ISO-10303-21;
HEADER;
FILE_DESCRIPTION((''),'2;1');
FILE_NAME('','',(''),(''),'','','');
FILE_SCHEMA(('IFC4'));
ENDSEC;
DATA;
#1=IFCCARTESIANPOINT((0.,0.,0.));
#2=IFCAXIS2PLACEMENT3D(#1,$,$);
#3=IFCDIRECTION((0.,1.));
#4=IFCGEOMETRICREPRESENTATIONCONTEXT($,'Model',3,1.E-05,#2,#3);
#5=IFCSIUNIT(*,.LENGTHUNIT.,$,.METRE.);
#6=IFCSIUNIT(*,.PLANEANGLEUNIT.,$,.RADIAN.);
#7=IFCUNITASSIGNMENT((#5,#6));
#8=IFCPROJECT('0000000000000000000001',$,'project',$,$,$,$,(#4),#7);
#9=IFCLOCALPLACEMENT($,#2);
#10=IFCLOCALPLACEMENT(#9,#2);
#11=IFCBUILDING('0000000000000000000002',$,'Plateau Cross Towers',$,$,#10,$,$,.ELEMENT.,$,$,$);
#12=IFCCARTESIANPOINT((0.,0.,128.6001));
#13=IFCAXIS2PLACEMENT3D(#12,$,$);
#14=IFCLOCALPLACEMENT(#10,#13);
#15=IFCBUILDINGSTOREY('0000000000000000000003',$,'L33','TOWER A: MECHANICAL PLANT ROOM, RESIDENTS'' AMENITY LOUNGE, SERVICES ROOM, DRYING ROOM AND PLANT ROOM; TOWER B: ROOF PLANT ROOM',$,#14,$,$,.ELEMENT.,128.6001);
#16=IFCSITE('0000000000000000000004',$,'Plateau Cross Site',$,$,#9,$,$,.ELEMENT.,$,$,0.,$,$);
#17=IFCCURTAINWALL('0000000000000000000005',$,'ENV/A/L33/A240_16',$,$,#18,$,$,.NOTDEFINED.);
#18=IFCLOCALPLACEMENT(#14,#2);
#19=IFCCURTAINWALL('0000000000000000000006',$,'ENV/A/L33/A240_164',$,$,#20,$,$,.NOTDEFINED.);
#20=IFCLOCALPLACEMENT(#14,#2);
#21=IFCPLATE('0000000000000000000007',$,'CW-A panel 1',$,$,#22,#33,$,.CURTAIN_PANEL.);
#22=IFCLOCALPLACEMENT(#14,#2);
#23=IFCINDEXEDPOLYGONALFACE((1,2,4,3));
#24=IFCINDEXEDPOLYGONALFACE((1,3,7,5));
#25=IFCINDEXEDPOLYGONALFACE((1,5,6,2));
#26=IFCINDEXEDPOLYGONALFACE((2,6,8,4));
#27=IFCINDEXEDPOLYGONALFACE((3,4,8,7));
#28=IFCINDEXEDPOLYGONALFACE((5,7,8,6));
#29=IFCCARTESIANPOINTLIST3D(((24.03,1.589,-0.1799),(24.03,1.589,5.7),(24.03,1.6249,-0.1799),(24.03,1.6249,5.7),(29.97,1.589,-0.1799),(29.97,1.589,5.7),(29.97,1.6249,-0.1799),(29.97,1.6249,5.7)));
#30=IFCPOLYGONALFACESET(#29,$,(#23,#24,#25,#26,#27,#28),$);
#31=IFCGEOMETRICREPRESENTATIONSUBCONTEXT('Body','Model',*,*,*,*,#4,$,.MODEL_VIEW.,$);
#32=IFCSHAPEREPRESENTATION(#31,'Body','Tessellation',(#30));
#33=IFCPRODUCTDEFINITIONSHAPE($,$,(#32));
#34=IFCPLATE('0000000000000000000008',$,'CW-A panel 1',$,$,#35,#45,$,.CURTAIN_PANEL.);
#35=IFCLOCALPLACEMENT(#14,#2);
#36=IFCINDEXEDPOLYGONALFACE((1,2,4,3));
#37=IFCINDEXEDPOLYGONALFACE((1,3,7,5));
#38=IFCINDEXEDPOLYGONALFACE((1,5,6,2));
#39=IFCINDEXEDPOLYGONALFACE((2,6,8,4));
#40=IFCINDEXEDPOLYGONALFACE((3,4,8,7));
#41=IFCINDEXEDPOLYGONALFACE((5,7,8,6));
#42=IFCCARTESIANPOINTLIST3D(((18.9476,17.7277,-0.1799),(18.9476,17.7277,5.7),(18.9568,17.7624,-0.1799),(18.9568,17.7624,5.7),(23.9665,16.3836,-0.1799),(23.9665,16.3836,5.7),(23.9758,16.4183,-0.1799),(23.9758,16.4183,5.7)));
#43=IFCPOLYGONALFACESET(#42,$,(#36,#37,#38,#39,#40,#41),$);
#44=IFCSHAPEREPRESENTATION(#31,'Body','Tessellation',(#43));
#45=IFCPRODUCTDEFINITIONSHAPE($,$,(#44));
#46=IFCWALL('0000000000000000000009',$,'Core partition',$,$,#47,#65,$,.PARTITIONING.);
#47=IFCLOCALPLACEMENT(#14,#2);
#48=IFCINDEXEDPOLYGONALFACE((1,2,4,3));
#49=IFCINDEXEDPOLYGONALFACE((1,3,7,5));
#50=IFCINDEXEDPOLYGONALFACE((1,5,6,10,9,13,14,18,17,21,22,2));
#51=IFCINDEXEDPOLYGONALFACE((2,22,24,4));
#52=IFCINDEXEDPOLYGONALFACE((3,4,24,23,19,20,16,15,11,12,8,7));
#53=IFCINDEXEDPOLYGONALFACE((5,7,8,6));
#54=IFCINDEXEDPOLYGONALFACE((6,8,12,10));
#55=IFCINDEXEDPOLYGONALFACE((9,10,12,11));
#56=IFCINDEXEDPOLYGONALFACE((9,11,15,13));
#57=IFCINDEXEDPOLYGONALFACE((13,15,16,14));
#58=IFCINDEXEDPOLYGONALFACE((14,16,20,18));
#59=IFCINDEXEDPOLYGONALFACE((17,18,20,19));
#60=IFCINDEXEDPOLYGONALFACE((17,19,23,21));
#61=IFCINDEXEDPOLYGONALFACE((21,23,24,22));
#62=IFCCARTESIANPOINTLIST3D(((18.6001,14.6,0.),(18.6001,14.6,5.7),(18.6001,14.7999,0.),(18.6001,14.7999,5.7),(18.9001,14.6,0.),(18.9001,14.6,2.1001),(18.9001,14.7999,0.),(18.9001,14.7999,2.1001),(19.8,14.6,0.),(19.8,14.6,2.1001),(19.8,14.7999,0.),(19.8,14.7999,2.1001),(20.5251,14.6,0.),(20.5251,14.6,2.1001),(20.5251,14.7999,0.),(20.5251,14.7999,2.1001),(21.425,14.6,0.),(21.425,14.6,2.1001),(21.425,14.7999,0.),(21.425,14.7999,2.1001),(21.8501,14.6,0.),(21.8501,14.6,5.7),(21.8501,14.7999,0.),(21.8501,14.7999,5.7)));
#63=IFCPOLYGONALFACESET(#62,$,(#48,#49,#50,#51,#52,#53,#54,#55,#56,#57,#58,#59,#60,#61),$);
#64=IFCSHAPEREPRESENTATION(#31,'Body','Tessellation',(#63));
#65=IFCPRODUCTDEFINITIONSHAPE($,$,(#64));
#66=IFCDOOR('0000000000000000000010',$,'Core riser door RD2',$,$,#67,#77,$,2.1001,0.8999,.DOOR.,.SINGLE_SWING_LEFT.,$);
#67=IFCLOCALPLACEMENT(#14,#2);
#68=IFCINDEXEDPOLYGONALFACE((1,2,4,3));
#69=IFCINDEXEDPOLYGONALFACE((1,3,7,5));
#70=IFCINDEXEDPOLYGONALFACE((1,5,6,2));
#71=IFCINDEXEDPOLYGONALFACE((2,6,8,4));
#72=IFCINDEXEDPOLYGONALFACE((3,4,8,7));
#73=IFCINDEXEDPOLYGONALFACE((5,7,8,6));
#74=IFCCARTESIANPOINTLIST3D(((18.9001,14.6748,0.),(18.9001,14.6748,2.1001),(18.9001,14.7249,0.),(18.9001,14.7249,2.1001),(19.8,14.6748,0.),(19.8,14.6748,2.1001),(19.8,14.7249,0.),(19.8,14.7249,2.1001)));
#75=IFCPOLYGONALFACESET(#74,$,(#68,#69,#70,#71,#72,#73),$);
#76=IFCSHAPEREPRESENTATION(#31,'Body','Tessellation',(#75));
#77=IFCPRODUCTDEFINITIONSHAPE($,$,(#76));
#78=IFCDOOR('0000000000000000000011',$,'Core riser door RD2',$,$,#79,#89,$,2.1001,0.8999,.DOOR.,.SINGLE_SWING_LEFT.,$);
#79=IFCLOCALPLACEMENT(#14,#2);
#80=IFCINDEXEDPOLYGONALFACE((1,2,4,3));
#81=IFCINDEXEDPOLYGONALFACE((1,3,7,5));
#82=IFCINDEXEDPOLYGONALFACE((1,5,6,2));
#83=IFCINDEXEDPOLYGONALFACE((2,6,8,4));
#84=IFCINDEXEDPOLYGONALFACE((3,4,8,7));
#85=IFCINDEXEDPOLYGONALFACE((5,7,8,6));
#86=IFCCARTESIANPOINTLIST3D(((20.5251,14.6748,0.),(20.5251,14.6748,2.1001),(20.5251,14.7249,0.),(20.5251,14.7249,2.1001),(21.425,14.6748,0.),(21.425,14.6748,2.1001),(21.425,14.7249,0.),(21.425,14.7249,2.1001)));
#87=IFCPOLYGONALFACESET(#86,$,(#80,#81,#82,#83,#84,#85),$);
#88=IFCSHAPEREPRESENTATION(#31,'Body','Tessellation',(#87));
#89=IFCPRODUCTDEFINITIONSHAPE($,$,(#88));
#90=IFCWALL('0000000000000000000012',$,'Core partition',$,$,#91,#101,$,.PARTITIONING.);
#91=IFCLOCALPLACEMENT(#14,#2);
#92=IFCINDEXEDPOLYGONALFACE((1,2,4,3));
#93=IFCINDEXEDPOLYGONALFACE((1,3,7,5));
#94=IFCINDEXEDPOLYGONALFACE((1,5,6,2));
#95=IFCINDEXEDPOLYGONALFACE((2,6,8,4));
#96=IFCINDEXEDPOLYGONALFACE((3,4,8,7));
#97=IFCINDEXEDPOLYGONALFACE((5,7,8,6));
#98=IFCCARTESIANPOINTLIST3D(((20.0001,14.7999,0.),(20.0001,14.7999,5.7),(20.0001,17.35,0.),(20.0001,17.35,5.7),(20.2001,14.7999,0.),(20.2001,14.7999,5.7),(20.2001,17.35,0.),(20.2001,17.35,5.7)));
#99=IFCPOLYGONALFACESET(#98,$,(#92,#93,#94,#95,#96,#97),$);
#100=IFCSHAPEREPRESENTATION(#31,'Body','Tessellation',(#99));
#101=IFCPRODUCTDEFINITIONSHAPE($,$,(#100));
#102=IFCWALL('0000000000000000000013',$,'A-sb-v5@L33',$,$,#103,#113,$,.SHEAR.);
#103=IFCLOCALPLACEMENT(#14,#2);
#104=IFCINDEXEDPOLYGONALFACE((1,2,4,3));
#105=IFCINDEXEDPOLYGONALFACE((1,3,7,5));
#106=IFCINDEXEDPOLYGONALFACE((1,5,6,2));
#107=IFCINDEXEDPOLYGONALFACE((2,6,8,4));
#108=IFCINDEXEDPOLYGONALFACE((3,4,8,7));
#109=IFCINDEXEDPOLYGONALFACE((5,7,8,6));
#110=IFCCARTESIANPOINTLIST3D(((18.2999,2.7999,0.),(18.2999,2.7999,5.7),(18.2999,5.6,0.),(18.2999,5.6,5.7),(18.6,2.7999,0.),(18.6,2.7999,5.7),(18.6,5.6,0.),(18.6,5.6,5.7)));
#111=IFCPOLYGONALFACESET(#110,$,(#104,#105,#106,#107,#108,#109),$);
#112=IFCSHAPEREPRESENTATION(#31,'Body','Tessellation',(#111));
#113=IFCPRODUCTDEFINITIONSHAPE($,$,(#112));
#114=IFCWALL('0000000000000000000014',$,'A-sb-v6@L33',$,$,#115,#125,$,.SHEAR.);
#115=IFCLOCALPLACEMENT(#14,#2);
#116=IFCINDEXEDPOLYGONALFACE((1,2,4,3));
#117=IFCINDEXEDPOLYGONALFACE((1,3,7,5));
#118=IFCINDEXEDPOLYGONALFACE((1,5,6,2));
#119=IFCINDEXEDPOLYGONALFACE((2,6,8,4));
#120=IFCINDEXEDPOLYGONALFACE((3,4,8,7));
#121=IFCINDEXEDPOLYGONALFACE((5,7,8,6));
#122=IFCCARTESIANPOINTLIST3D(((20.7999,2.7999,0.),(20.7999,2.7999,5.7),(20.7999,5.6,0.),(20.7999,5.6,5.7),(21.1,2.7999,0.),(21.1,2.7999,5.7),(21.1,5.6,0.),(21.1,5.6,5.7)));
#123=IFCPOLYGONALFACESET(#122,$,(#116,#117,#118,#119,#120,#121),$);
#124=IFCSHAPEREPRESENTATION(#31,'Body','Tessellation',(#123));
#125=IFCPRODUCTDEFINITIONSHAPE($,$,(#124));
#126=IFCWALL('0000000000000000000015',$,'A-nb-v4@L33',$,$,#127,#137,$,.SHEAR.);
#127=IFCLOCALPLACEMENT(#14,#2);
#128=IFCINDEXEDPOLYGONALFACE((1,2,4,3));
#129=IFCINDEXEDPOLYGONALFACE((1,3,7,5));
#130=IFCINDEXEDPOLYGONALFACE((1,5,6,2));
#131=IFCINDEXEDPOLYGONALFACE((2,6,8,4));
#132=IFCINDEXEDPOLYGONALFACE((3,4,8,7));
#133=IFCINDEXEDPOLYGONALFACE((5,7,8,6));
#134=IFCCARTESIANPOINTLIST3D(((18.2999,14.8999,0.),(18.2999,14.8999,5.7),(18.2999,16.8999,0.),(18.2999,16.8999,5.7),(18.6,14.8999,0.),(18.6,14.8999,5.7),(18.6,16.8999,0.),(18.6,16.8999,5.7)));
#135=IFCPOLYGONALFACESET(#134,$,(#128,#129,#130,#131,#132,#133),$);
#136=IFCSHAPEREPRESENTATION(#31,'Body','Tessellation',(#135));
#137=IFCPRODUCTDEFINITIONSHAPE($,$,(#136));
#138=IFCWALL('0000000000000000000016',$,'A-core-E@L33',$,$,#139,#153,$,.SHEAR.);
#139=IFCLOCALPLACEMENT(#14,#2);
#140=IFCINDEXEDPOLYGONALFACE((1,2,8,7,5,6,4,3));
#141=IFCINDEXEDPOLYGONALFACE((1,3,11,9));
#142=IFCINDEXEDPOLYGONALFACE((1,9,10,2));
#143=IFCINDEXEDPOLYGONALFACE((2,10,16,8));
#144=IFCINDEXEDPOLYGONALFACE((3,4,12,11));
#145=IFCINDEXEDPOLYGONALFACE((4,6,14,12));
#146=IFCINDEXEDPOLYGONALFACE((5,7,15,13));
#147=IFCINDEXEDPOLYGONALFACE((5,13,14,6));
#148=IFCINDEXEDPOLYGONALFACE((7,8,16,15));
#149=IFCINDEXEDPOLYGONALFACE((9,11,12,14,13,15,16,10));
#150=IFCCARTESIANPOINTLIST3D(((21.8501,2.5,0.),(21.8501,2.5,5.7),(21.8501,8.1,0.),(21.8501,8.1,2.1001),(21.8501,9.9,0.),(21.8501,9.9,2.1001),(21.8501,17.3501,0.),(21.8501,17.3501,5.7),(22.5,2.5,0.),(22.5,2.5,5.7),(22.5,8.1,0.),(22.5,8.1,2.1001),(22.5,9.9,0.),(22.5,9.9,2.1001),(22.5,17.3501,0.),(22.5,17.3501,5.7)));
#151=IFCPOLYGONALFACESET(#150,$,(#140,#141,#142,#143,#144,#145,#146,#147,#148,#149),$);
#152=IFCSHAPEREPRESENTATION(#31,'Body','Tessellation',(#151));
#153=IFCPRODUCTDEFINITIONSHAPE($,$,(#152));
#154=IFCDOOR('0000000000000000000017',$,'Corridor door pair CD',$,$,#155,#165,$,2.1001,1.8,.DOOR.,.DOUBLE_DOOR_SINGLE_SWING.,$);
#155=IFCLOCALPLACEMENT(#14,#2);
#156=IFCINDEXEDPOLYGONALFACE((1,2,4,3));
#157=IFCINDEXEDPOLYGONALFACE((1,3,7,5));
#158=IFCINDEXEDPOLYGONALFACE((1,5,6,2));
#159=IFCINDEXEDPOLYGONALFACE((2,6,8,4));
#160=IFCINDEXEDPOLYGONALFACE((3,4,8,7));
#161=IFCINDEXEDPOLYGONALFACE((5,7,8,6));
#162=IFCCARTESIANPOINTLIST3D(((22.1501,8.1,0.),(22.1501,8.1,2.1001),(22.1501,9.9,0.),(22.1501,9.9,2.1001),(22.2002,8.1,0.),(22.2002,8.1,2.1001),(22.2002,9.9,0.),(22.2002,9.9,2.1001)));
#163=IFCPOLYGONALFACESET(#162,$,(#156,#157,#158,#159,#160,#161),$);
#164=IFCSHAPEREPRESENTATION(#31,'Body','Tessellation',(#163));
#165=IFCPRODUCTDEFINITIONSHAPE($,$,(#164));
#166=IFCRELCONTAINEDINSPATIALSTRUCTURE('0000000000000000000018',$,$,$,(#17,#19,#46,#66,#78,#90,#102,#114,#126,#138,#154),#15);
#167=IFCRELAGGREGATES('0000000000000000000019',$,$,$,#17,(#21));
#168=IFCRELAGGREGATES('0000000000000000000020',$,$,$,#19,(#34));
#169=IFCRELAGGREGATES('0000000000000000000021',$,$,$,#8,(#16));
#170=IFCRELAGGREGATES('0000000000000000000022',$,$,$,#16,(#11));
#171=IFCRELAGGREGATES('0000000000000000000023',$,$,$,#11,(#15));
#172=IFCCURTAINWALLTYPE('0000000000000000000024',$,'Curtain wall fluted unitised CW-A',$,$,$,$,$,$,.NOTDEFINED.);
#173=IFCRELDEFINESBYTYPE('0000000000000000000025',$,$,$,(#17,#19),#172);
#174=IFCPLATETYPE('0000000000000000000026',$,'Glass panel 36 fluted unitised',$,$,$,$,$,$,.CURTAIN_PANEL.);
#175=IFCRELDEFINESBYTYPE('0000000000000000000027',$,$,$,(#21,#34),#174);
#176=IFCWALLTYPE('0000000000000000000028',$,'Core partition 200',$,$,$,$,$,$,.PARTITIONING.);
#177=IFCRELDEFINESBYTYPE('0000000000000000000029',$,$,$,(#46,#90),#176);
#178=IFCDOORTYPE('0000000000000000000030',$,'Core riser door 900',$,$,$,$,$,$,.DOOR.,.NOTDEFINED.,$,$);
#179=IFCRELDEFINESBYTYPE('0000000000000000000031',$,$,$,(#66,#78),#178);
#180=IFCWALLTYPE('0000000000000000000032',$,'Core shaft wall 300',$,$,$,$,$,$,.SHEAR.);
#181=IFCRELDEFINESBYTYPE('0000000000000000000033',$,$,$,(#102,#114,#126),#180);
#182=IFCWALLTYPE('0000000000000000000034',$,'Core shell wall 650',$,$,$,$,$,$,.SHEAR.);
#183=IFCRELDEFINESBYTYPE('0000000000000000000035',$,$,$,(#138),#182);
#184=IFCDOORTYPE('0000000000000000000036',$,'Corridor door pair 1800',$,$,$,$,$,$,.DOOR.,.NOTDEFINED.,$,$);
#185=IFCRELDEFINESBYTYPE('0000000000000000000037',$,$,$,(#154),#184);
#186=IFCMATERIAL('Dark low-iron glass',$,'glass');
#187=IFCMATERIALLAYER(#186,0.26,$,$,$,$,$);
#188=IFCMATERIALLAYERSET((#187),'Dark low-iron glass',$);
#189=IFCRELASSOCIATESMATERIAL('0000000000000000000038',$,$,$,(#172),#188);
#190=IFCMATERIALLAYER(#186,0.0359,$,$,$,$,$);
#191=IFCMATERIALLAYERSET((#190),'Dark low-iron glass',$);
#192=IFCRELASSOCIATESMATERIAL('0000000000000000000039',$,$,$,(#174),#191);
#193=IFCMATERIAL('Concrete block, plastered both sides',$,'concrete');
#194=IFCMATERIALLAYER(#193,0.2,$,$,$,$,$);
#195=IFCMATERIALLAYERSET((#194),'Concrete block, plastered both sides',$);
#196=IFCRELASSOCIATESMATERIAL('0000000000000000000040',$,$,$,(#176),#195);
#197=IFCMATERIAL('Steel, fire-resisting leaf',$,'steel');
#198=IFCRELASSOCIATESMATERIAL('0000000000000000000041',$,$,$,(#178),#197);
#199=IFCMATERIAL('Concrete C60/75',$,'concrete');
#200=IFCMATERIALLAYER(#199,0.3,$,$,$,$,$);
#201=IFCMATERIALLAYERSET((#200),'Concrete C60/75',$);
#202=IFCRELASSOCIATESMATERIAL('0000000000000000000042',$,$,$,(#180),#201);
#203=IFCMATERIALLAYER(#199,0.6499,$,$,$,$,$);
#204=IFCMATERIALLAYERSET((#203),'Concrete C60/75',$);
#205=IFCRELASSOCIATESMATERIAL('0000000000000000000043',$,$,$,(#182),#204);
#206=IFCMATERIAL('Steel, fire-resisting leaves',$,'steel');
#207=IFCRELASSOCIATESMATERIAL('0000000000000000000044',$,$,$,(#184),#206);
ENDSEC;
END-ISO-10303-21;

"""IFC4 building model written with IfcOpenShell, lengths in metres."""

from ifc_helpers import new_model, si_unit, direction, frame, frame_2d, origin, origin_2d, place, context, subcontext, project, spatial, rectangle, extrude, material, layer, layer_set, type_object, element, fill, aggregate, save


model = new_model("IFC4")

# Units and contexts
model_context = context("Model", 3, precision=1e-05, world=origin(), true_north=direction((0.0, 1.0)))
body_context = subcontext(model_context, "Body", "Model", "MODEL_VIEW")
ifc_project = project(units=[si_unit("LENGTHUNIT", "METRE"), si_unit("PLANEANGLEUNIT", "RADIAN")], contexts=[model_context])

# Site, building, storey
site_placement = place(None, origin())
site = spatial("IfcSite", under=ifc_project, at=site_placement, Name="Plateau Cross Site", CompositionType="ELEMENT", RefElevation=0.0)
building_placement = place(site_placement, origin())
building = spatial("IfcBuilding", under=site, at=building_placement, Name="Plateau Cross Towers", CompositionType="ELEMENT")
storey_placement = place(building_placement, frame((0.0, 0.0, 128.6001)))
storey = spatial("IfcBuildingStorey", under=building, at=storey_placement, Name="L33", Description="TOWER A: MECHANICAL PLANT ROOM, RESIDENTS' AMENITY LOUNGE, SERVICES ROOM, DRYING ROOM AND PLANT ROOM; TOWER B: ROOF PLANT ROOM", CompositionType="ELEMENT", Elevation=128.6001)

# Shared definitions
ifc_material_1 = material(Name="Concrete C60/75", Category="concrete")

# Curtain wall
ifc_material_2 = material(Name="Dark low-iron glass", Category="glass")
ifc_layer_1 = layer(ifc_material_2, 0.26)
ifc_layer_set_1 = layer_set([ifc_layer_1], Name="Dark low-iron glass")
curtain_wall_type_1 = type_object("IfcCurtainWallType", Name="Curtain wall fluted unitised CW-A", PredefinedType="NOTDEFINED", material=ifc_layer_set_1)
curtain_wall_1_placement = place(storey_placement, origin())
curtain_wall_1 = element("IfcCurtainWall", 1, at=curtain_wall_1_placement, inside=storey, type_object=curtain_wall_type_1, Name="ENV/A/L33/A240_16", PredefinedType="NOTDEFINED")

# Curtain wall
curtain_wall_2_placement = place(storey_placement, origin())
curtain_wall_2 = element("IfcCurtainWall", 2, at=curtain_wall_2_placement, inside=storey, type_object=curtain_wall_type_1, Name="ENV/A/L33/A240_164", PredefinedType="NOTDEFINED")

# Plates
ifc_layer_2 = layer(ifc_material_2, 0.0359)
ifc_layer_set_2 = layer_set([ifc_layer_2], Name="Dark low-iron glass")
plate_type = type_object("IfcPlateType", Name="Glass panel 36 fluted unitised", PredefinedType="CURTAIN_PANEL", material=ifc_layer_set_2)
plate_1_placement = place(storey_placement, frame((27.0, 1.6069, -0.1799), z_axis=(0.0, 0.0, 1.0), x_axis=(1.0, 0.0, 0.0)))
plate_1 = element("IfcPlate", 3, at=plate_1_placement, type_object=plate_type, Name="CW-A panel 1", PredefinedType="CURTAIN_PANEL", context=body_context, shape_type="SweptSolid", body=[
    extrude(rectangle(XDim=5.9399, YDim=0.0359, at=origin_2d()), origin(), (0.0, 0.0, 1.0), 5.8799),
])
aggregate(curtain_wall_1, [plate_1])
plate_2_placement = place(storey_placement, frame((21.4617, 17.073, -0.1799), z_axis=(0.0, 0.0, 1.0), x_axis=(-0.965958, 0.258699, 0.0)))
plate_2 = element("IfcPlate", 4, at=plate_2_placement, type_object=plate_type, Name="CW-A panel 1", PredefinedType="CURTAIN_PANEL", context=body_context, shape_type="SweptSolid", body=[
    extrude(rectangle(XDim=5.1958, YDim=0.0359, at=origin_2d()), origin(), (0.0, 0.0, 1.0), 5.8799),
])
aggregate(curtain_wall_2, [plate_2])

# Wall, openings, doors
ifc_material_3 = material(Name="Concrete block, plastered both sides", Category="concrete")
ifc_layer_3 = layer(ifc_material_3, 0.2)
ifc_layer_set_3 = layer_set([ifc_layer_3], Name="Concrete block, plastered both sides")
wall_type_1 = type_object("IfcWallType", Name="Core partition 200", PredefinedType="PARTITIONING", material=ifc_layer_set_3)
wall_1_placement = place(storey_placement, frame((18.6001, 14.7, 0.0), z_axis=(0.0, 0.0, 1.0), x_axis=(1.0, 0.0, 0.0)))
wall_1 = element("IfcWall", 5, at=wall_1_placement, inside=storey, type_object=wall_type_1, Name="Core partition", PredefinedType="PARTITIONING", context=body_context, shape_type="SweptSolid", body=[
    extrude(rectangle(XDim=3.25, YDim=0.2, at=frame_2d((1.625, 0.0))), origin(), (0.0, 0.0, 1.0), 5.7),
])
opening_1_placement = place(wall_1_placement, frame((0.3, 0.0, 0.0)))
opening_1 = element("IfcOpeningElement", 6, at=opening_1_placement, cuts=wall_1, PredefinedType="OPENING", context=body_context, shape_type="SweptSolid", body=[
    extrude(rectangle(XDim=0.8999, YDim=2.1001, at=frame_2d((0.45, 1.05))), frame((0.0, 0.1099, 0.0), z_axis=(0.0, -1.0, 0.0), x_axis=(1.0, 0.0, 0.0)), (0.0, 0.0, 1.0), 0.22),
])
opening_2_placement = place(wall_1_placement, frame((1.925, 0.0, 0.0)))
opening_2 = element("IfcOpeningElement", 7, at=opening_2_placement, cuts=wall_1, PredefinedType="OPENING", context=body_context, shape_type="SweptSolid", body=[
    extrude(rectangle(XDim=0.8999, YDim=2.1001, at=frame_2d((0.45, 1.05))), frame((0.0, 0.1099, 0.0), z_axis=(0.0, -1.0, 0.0), x_axis=(1.0, 0.0, 0.0)), (0.0, 0.0, 1.0), 0.22),
])
ifc_material_4 = material(Name="Steel, fire-resisting leaf", Category="steel")
door_type_1 = type_object("IfcDoorType", Name="Core riser door 900", OperationType="NOTDEFINED", PredefinedType="DOOR", material=ifc_material_4)
door_1_placement = place(opening_1_placement, origin())
door_1 = element("IfcDoor", 8, at=door_1_placement, inside=storey, type_object=door_type_1, Name="Core riser door RD2", OperationType="SINGLE_SWING_LEFT", OverallHeight=2.1001, OverallWidth=0.8999, PredefinedType="DOOR", context=body_context, shape_type="SweptSolid", body=[
    extrude(rectangle(XDim=0.8999, YDim=2.1001, at=frame_2d((0.45, 1.05))), frame((0.0, 0.0249, 0.0), z_axis=(0.0, -1.0, 0.0), x_axis=(1.0, 0.0, 0.0)), (0.0, 0.0, 1.0), 0.05),
])
fill(opening_1, door_1)
door_2_placement = place(opening_2_placement, origin())
door_2 = element("IfcDoor", 9, at=door_2_placement, inside=storey, type_object=door_type_1, Name="Core riser door RD2", OperationType="SINGLE_SWING_LEFT", OverallHeight=2.1001, OverallWidth=0.8999, PredefinedType="DOOR", context=body_context, shape_type="SweptSolid", body=[
    extrude(rectangle(XDim=0.8999, YDim=2.1001, at=frame_2d((0.45, 1.05))), frame((0.0, 0.0249, 0.0), z_axis=(0.0, -1.0, 0.0), x_axis=(1.0, 0.0, 0.0)), (0.0, 0.0, 1.0), 0.05),
])
fill(opening_2, door_2)

# Walls
wall_2_placement = place(storey_placement, frame((20.1001, 14.8, 0.0), z_axis=(0.0, 0.0, 1.0), x_axis=(0.0, 1.0, 0.0)))
element("IfcWall", 10, at=wall_2_placement, inside=storey, type_object=wall_type_1, Name="Core partition", PredefinedType="PARTITIONING", context=body_context, shape_type="SweptSolid", body=[
    extrude(rectangle(XDim=2.55, YDim=0.2, at=frame_2d((1.2749, 0.0))), origin(), (0.0, 0.0, 1.0), 5.7),
])
ifc_layer_4 = layer(ifc_material_1, 0.3)
ifc_layer_set_4 = layer_set([ifc_layer_4], Name="Concrete C60/75")
wall_type_2 = type_object("IfcWallType", Name="Core shaft wall 300", PredefinedType="SHEAR", material=ifc_layer_set_4)
for number, where, z_axis, x_axis, name in (
    (11, (18.45, 2.8, 0.0), (0.0, 0.0, 1.0), (0.0, 1.0, 0.0), "A-sb-v5@L33"),
    (12, (20.95, 2.8, 0.0), (0.0, 0.0, 1.0), (0.0, 1.0, 0.0), "A-sb-v6@L33"),
):
    element("IfcWall", number, at=place(storey_placement, frame(where, z_axis=z_axis, x_axis=x_axis)), inside=storey, type_object=wall_type_2, Name=name, PredefinedType="SHEAR", context=body_context, shape_type="SweptSolid", body=[
        extrude(rectangle(XDim=2.8, YDim=0.3, at=frame_2d((1.3999, 0.0))), origin(), (0.0, 0.0, 1.0), 5.7),
    ])
wall_3_placement = place(storey_placement, frame((18.45, 14.8999, 0.0), z_axis=(0.0, 0.0, 1.0), x_axis=(0.0, 1.0, 0.0)))
element("IfcWall", 13, at=wall_3_placement, inside=storey, type_object=wall_type_2, Name="A-nb-v4@L33", PredefinedType="SHEAR", context=body_context, shape_type="SweptSolid", body=[
    extrude(rectangle(XDim=2.0, YDim=0.3, at=frame_2d((1.0, 0.0))), origin(), (0.0, 0.0, 1.0), 5.7),
])

# Wall, opening, door
ifc_layer_5 = layer(ifc_material_1, 0.6499)
ifc_layer_set_5 = layer_set([ifc_layer_5], Name="Concrete C60/75")
wall_type_3 = type_object("IfcWallType", Name="Core shell wall 650", PredefinedType="SHEAR", material=ifc_layer_set_5)
wall_4_placement = place(storey_placement, frame((22.175, 2.5, 0.0), z_axis=(0.0, 0.0, 1.0), x_axis=(0.0, 1.0, 0.0)))
wall_4 = element("IfcWall", 14, at=wall_4_placement, inside=storey, type_object=wall_type_3, Name="A-core-E@L33", PredefinedType="SHEAR", context=body_context, shape_type="SweptSolid", body=[
    extrude(rectangle(XDim=14.8501, YDim=0.6499, at=frame_2d((7.425, 0.0))), origin(), (0.0, 0.0, 1.0), 5.7),
])
opening_3_placement = place(wall_4_placement, frame((5.6001, 0.0, 0.0)))
opening_3 = element("IfcOpeningElement", 15, at=opening_3_placement, cuts=wall_4, PredefinedType="OPENING", context=body_context, shape_type="SweptSolid", body=[
    extrude(rectangle(XDim=1.8, YDim=2.1001, at=frame_2d((0.8999, 1.05))), frame((0.0, 0.335, 0.0), z_axis=(0.0, -1.0, 0.0), x_axis=(1.0, 0.0, 0.0)), (0.0, 0.0, 1.0), 0.6699),
])
ifc_material_5 = material(Name="Steel, fire-resisting leaves", Category="steel")
door_type_2 = type_object("IfcDoorType", Name="Corridor door pair 1800", OperationType="NOTDEFINED", PredefinedType="DOOR", material=ifc_material_5)
door_3_placement = place(opening_3_placement, origin())
door_3 = element("IfcDoor", 16, at=door_3_placement, inside=storey, type_object=door_type_2, Name="Corridor door pair CD", OperationType="DOUBLE_DOOR_SINGLE_SWING", OverallHeight=2.1001, OverallWidth=1.8, PredefinedType="DOOR", context=body_context, shape_type="SweptSolid", body=[
    extrude(rectangle(XDim=1.8, YDim=2.1001, at=frame_2d((0.8999, 1.05))), frame((0.0, 0.0249, 0.0), z_axis=(0.0, -1.0, 0.0), x_axis=(1.0, 0.0, 0.0)), (0.0, 0.0, 1.0), 0.05),
])
fill(opening_3, door_3)

save(model, "model.ifc")
